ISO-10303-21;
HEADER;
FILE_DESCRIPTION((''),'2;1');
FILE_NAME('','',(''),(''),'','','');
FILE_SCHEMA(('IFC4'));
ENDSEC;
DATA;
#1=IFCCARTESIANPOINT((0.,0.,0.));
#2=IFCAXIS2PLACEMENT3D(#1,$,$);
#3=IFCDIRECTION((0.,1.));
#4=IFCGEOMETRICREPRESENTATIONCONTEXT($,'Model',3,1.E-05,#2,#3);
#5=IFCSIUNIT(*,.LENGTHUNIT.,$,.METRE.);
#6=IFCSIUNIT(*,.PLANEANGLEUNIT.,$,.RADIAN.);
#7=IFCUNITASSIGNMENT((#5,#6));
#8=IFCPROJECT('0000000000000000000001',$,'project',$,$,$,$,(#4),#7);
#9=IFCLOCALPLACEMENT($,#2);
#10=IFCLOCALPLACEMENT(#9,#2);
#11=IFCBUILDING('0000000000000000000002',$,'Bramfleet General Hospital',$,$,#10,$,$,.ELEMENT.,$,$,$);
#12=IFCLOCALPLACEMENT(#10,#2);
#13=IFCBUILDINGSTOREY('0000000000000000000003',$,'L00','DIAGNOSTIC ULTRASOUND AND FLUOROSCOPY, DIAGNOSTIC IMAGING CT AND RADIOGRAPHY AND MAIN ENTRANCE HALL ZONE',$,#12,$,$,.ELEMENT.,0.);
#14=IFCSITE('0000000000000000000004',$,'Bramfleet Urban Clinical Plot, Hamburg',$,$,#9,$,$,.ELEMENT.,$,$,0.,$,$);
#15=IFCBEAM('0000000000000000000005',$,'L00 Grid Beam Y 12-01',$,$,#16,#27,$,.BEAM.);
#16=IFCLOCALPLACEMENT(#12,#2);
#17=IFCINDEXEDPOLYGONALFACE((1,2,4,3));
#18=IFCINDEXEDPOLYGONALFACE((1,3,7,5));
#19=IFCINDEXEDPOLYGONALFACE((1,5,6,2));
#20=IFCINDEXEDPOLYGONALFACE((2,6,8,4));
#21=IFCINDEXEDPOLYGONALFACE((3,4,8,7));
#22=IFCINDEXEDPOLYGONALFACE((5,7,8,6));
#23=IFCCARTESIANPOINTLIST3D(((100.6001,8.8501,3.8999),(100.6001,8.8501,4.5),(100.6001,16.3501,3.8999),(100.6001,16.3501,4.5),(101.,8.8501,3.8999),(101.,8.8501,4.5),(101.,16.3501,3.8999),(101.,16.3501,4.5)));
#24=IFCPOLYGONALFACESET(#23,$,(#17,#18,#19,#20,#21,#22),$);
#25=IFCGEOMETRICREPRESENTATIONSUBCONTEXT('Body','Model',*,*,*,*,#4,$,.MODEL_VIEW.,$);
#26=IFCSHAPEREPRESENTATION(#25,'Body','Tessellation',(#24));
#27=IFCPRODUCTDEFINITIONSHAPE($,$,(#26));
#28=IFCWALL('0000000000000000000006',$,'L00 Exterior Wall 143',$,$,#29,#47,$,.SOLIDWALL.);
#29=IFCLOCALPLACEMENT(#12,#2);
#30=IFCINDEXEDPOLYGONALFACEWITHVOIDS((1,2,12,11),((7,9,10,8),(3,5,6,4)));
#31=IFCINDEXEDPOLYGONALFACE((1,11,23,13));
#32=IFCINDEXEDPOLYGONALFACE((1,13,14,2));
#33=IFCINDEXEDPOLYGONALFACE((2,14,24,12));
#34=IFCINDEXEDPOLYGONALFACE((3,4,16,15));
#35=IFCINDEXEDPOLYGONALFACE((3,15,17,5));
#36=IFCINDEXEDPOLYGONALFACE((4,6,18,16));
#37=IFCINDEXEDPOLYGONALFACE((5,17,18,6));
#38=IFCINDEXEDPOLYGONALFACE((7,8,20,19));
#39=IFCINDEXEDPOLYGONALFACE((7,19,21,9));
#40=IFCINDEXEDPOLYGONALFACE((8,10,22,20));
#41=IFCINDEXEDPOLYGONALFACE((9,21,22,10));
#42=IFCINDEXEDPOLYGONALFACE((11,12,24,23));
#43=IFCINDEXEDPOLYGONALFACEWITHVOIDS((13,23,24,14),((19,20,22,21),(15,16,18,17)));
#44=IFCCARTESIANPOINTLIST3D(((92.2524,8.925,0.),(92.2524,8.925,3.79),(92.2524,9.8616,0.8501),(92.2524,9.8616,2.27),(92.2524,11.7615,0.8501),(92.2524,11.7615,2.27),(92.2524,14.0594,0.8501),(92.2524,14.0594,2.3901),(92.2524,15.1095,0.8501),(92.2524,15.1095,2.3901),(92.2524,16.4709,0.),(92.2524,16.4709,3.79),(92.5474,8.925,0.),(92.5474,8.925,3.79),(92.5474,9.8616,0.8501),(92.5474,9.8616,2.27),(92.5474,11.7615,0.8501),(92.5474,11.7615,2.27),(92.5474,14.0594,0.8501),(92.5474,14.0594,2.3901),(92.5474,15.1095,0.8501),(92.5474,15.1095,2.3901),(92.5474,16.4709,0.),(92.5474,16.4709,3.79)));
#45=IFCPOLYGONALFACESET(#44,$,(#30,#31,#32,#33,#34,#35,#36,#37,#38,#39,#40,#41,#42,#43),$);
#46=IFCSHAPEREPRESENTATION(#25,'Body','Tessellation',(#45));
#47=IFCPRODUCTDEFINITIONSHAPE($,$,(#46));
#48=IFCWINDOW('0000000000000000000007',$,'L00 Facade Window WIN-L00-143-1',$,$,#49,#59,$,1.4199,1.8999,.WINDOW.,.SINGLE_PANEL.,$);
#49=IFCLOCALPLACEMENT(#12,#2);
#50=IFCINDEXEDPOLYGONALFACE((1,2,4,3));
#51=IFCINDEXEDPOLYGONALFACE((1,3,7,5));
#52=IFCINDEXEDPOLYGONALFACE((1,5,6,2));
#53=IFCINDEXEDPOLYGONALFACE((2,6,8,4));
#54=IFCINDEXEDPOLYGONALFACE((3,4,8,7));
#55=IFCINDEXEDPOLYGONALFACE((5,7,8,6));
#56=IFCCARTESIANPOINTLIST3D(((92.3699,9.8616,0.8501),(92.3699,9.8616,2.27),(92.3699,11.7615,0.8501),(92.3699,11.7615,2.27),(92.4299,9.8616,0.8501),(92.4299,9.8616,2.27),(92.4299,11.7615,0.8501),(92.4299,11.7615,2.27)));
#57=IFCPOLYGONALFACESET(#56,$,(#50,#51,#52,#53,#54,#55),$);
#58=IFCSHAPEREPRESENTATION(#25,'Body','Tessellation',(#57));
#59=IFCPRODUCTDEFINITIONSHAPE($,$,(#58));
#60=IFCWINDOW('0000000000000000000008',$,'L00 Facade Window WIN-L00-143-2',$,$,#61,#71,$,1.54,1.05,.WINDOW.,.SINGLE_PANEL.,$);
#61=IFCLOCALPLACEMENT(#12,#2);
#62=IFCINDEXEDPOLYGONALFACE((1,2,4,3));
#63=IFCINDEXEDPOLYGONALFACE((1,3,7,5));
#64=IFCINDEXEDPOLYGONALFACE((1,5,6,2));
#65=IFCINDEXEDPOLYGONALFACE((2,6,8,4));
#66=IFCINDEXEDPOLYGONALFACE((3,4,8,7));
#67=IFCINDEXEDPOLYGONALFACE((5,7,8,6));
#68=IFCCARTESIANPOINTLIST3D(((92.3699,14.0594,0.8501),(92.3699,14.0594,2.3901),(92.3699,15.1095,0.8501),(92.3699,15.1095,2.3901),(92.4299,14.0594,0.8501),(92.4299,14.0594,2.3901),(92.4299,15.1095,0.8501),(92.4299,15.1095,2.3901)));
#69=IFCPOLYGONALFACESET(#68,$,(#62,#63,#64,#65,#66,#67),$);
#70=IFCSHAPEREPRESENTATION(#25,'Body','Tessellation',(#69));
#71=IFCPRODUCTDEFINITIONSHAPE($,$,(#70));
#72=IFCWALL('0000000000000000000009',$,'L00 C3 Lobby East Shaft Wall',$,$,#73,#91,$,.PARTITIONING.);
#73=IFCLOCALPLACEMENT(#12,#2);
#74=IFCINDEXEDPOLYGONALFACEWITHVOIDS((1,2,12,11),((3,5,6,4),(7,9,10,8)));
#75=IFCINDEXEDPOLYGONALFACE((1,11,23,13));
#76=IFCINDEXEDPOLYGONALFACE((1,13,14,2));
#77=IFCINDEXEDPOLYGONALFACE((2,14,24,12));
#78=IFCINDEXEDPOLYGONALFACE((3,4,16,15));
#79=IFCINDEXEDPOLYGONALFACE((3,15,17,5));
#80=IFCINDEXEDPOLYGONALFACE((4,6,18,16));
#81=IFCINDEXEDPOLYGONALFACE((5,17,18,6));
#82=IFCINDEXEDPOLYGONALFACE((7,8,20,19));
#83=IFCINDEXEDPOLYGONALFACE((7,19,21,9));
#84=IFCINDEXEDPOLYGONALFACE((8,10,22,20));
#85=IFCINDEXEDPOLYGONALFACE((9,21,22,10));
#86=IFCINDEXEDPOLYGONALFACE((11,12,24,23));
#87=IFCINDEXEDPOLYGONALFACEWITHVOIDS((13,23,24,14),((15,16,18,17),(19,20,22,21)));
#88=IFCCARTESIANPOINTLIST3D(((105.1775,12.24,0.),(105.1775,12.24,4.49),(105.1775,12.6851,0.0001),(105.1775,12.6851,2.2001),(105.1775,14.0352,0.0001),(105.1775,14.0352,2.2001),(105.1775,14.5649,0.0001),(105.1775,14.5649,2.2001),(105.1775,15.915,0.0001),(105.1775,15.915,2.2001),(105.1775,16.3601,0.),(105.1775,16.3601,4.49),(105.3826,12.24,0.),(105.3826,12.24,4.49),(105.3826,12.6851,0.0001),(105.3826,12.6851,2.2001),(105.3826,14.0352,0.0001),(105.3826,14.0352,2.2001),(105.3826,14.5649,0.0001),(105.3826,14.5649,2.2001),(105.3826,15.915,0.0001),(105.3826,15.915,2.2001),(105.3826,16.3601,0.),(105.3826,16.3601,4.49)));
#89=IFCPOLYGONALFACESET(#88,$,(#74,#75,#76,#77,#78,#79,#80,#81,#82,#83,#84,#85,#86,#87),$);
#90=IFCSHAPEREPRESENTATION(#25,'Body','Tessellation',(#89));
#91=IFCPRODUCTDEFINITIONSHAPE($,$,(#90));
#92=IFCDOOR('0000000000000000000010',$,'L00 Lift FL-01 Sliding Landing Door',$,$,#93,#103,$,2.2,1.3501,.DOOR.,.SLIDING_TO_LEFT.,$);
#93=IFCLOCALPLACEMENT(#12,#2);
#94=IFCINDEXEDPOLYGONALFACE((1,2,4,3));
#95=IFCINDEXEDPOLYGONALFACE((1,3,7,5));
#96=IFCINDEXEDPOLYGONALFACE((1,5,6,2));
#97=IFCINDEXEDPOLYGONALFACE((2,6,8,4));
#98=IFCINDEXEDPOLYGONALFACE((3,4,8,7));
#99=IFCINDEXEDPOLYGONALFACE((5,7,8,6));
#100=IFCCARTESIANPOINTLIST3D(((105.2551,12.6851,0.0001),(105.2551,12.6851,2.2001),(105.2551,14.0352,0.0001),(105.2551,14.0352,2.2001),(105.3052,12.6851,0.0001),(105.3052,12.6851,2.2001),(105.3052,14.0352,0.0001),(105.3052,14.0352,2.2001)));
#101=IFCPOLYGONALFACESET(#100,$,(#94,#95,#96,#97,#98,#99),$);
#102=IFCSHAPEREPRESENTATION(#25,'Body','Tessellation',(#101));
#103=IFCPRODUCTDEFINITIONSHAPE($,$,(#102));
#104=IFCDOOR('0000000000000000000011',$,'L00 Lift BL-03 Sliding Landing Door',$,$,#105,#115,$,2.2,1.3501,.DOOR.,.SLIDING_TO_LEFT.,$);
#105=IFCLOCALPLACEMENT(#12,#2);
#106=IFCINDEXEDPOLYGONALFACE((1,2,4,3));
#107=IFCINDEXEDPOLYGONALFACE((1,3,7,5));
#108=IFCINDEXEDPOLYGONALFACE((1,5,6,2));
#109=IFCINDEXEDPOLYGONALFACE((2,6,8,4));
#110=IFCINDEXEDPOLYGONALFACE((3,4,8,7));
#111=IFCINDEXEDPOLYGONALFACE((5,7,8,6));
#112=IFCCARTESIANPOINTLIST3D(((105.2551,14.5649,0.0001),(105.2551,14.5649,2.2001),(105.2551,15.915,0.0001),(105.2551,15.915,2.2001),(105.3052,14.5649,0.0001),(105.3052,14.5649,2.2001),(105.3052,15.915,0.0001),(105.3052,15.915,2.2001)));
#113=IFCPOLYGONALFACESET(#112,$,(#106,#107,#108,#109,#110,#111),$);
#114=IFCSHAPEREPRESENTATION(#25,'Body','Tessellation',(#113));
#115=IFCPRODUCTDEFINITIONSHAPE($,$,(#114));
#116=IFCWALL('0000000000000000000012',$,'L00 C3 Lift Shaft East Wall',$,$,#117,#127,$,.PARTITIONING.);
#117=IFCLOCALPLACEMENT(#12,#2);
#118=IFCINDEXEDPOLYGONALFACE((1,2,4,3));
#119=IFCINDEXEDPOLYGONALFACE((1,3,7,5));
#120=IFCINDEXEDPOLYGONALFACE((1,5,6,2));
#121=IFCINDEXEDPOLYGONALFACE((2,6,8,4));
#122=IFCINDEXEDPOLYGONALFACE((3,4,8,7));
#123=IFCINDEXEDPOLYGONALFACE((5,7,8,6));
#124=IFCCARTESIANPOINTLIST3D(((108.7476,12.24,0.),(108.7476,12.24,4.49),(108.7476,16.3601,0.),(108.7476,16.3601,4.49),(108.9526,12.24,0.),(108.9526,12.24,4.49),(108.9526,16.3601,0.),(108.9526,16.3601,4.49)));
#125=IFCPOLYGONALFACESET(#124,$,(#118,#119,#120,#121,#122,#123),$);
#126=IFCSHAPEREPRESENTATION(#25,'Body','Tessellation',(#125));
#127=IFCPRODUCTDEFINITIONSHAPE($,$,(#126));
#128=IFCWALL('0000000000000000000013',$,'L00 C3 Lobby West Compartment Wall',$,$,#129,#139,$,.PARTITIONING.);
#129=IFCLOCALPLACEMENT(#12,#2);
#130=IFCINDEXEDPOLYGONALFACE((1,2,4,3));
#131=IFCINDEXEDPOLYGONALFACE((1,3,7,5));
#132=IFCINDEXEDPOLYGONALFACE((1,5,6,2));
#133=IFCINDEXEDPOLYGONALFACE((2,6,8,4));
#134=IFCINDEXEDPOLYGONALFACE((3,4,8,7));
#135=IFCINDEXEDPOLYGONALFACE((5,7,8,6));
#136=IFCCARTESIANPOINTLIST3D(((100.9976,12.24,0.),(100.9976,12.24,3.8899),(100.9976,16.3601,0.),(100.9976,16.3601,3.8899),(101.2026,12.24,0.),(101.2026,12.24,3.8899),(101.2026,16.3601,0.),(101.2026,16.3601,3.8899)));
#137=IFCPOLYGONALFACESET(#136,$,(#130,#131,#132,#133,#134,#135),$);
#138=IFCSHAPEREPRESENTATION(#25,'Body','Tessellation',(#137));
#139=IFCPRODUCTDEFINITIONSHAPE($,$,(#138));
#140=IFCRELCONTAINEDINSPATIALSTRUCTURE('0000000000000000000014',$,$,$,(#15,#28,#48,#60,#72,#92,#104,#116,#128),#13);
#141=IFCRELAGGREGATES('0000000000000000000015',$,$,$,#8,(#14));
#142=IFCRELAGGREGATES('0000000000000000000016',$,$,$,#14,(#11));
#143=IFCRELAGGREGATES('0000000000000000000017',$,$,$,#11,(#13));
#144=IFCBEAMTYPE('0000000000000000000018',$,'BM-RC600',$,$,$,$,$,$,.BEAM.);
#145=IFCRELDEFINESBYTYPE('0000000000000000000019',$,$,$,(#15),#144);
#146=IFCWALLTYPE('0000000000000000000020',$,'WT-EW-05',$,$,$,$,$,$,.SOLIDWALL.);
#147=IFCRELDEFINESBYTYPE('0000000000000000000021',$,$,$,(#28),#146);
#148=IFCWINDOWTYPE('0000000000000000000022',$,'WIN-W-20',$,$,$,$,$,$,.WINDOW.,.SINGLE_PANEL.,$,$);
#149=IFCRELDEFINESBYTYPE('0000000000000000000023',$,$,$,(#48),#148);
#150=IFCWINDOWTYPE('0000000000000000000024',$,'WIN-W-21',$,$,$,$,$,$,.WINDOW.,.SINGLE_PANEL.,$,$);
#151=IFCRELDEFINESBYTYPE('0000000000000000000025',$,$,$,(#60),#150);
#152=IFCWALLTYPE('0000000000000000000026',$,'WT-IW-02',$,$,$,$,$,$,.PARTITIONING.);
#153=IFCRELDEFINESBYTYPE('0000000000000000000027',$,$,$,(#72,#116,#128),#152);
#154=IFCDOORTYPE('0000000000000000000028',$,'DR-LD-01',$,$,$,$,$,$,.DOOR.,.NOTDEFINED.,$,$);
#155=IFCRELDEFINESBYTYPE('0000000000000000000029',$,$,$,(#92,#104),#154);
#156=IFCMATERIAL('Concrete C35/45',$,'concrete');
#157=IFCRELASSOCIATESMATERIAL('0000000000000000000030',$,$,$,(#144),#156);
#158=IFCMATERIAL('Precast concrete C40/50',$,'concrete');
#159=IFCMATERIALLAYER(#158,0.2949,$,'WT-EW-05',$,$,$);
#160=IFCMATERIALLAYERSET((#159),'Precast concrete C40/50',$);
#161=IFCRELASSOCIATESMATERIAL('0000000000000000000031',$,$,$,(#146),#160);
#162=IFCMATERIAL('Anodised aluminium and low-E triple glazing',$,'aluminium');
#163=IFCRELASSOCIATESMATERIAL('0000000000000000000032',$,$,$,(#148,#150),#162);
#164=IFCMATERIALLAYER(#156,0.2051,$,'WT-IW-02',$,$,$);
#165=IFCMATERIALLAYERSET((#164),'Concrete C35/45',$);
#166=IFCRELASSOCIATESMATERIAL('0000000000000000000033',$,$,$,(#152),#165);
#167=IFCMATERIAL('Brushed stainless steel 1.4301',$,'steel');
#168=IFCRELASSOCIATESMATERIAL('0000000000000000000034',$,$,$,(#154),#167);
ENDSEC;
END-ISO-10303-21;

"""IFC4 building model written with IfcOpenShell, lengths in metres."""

from ifc_helpers import new_model, si_unit, direction, frame, frame_2d, origin, origin_2d, place, context, subcontext, project, spatial, rectangle, extrude, material, layer, layer_set, material_profile, profile_set, type_object, element, fill, save


model = new_model("IFC4")

# Units and contexts
model_context = context("Model", 3, precision=1e-05, world=origin(), true_north=direction((0.0, 1.0)))
body_context = subcontext(model_context, "Body", "Model", "MODEL_VIEW")
ifc_project = project(units=[si_unit("LENGTHUNIT", "METRE"), si_unit("PLANEANGLEUNIT", "RADIAN")], contexts=[model_context])

# Site, building, storey
site_placement = place(None, origin())
site = spatial("IfcSite", under=ifc_project, at=site_placement, Name="Bramfleet Urban Clinical Plot, Hamburg", CompositionType="ELEMENT", RefElevation=0.0)
building_placement = place(site_placement, origin())
building = spatial("IfcBuilding", under=site, at=building_placement, Name="Bramfleet General Hospital", CompositionType="ELEMENT")
storey_placement = place(building_placement, origin())
storey = spatial("IfcBuildingStorey", under=building, at=storey_placement, Name="L00", Description="DIAGNOSTIC ULTRASOUND AND FLUOROSCOPY, DIAGNOSTIC IMAGING CT AND RADIOGRAPHY AND MAIN ENTRANCE HALL ZONE", CompositionType="ELEMENT", Elevation=0.0)

# Beam
ifc_material_1 = material(Name="Concrete C35/45", Category="concrete")
ifc_material_profile = material_profile(ifc_material_1, rectangle(XDim=0.3999, YDim=0.6001, at=origin_2d()), Name="RC BM 600x400")
ifc_profile_set = profile_set([ifc_material_profile], Name="Concrete C35/45")
beam_type = type_object("IfcBeamType", Name="BM-RC600", PredefinedType="BEAM", material=ifc_profile_set)
beam_placement = place(storey_placement, frame((100.8, 8.8501, 4.2), z_axis=(0.0, 1.0, 0.0), x_axis=(-1.0, 0.0, 0.0)))
element("IfcBeam", 1, at=beam_placement, inside=storey, type_object=beam_type, Name="L00 Grid Beam Y 12-01", PredefinedType="BEAM", context=body_context, shape_type="SweptSolid", body=[
    extrude(rectangle(XDim=0.3999, YDim=0.6001, at=origin_2d()), origin(), (0.0, 0.0, 1.0), 7.5),
])

# Wall, openings, windows
ifc_material_2 = material(Name="Precast concrete C40/50", Category="concrete")
ifc_layer_1 = layer(ifc_material_2, 0.2949, Name="WT-EW-05")
ifc_layer_set_1 = layer_set([ifc_layer_1], Name="Precast concrete C40/50")
wall_type_1 = type_object("IfcWallType", Name="WT-EW-05", PredefinedType="SOLIDWALL", material=ifc_layer_set_1)
wall_1_placement = place(storey_placement, frame((92.3999, 8.925, 0.0), z_axis=(0.0, 0.0, 1.0), x_axis=(0.0, 1.0, 0.0)))
wall_1 = element("IfcWall", 2, at=wall_1_placement, inside=storey, type_object=wall_type_1, Name="L00 Exterior Wall 143", PredefinedType="SOLIDWALL", context=body_context, shape_type="SweptSolid", body=[
    extrude(rectangle(XDim=7.5459, YDim=0.2949, at=frame_2d((3.7729, 0.0))), origin(), (0.0, 0.0, 1.0), 3.79),
])
opening_1_placement = place(wall_1_placement, frame((0.9365, 0.0, 0.8501)))
opening_1 = element("IfcOpeningElement", 3, at=opening_1_placement, cuts=wall_1, PredefinedType="OPENING", context=body_context, shape_type="SweptSolid", body=[
    extrude(rectangle(XDim=1.8999, YDim=1.4199, at=frame_2d((0.95, 0.71))), frame((0.0, 0.1575, 0.0), z_axis=(0.0, -1.0, 0.0), x_axis=(1.0, 0.0, 0.0)), (0.0, 0.0, 1.0), 0.3149),
])
opening_2_placement = place(wall_1_placement, frame((5.1345, 0.0, 0.8501)))
opening_2 = element("IfcOpeningElement", 4, at=opening_2_placement, cuts=wall_1, PredefinedType="OPENING", context=body_context, shape_type="SweptSolid", body=[
    extrude(rectangle(XDim=1.05, YDim=1.54, at=frame_2d((0.5249, 0.77))), frame((0.0, 0.1575, 0.0), z_axis=(0.0, -1.0, 0.0), x_axis=(1.0, 0.0, 0.0)), (0.0, 0.0, 1.0), 0.3149),
])
ifc_material_3 = material(Name="Anodised aluminium and low-E triple glazing", Category="aluminium")
window_type_1 = type_object("IfcWindowType", Name="WIN-W-20", PartitioningType="SINGLE_PANEL", PredefinedType="WINDOW", material=ifc_material_3)
window_1_placement = place(opening_1_placement, origin())
window_1 = element("IfcWindow", 5, at=window_1_placement, inside=storey, type_object=window_type_1, Name="L00 Facade Window WIN-L00-143-1", OverallHeight=1.4199, OverallWidth=1.8999, PartitioningType="SINGLE_PANEL", PredefinedType="WINDOW", context=body_context, shape_type="SweptSolid", body=[
    extrude(rectangle(XDim=1.8999, YDim=1.4199, at=frame_2d((0.95, 0.71))), frame((0.0, 0.03, 0.0), z_axis=(0.0, -1.0, 0.0), x_axis=(1.0, 0.0, 0.0)), (0.0, 0.0, 1.0), 0.0601),
])
fill(opening_1, window_1)
window_type_2 = type_object("IfcWindowType", Name="WIN-W-21", PartitioningType="SINGLE_PANEL", PredefinedType="WINDOW", material=ifc_material_3)
window_2_placement = place(opening_2_placement, origin())
window_2 = element("IfcWindow", 6, at=window_2_placement, inside=storey, type_object=window_type_2, Name="L00 Facade Window WIN-L00-143-2", OverallHeight=1.54, OverallWidth=1.05, PartitioningType="SINGLE_PANEL", PredefinedType="WINDOW", context=body_context, shape_type="SweptSolid", body=[
    extrude(rectangle(XDim=1.05, YDim=1.54, at=frame_2d((0.5249, 0.77))), frame((0.0, 0.03, 0.0), z_axis=(0.0, -1.0, 0.0), x_axis=(1.0, 0.0, 0.0)), (0.0, 0.0, 1.0), 0.0601),
])
fill(opening_2, window_2)

# Wall, openings, doors
ifc_layer_2 = layer(ifc_material_1, 0.2051, Name="WT-IW-02")
ifc_layer_set_2 = layer_set([ifc_layer_2], Name="Concrete C35/45")
wall_type_2 = type_object("IfcWallType", Name="WT-IW-02", PredefinedType="PARTITIONING", material=ifc_layer_set_2)
wall_2_placement = place(storey_placement, frame((105.28, 12.24, 0.0), z_axis=(0.0, 0.0, 1.0), x_axis=(0.0, 1.0, 0.0)))
wall_2 = element("IfcWall", 7, at=wall_2_placement, inside=storey, type_object=wall_type_2, Name="L00 C3 Lobby East Shaft Wall", PredefinedType="PARTITIONING", context=body_context, shape_type="SweptSolid", body=[
    extrude(rectangle(XDim=4.1201, YDim=0.2051, at=frame_2d((2.0601, 0.0))), origin(), (0.0, 0.0, 1.0), 4.49),
])
opening_3_placement = place(wall_2_placement, frame((0.4451, 0.0, 0.0)))
opening_3 = element("IfcOpeningElement", 8, at=opening_3_placement, cuts=wall_2, PredefinedType="OPENING", context=body_context, shape_type="SweptSolid", body=[
    extrude(rectangle(XDim=1.3501, YDim=2.2, at=frame_2d((0.675, 1.1001))), frame((0.0, 0.1125, 0.0), z_axis=(0.0, -1.0, 0.0), x_axis=(1.0, 0.0, 0.0)), (0.0, 0.0, 1.0), 0.2251),
])
opening_4_placement = place(wall_2_placement, frame((2.325, 0.0, 0.0)))
opening_4 = element("IfcOpeningElement", 9, at=opening_4_placement, cuts=wall_2, PredefinedType="OPENING", context=body_context, shape_type="SweptSolid", body=[
    extrude(rectangle(XDim=1.3501, YDim=2.2, at=frame_2d((0.675, 1.1001))), frame((0.0, 0.1125, 0.0), z_axis=(0.0, -1.0, 0.0), x_axis=(1.0, 0.0, 0.0)), (0.0, 0.0, 1.0), 0.2251),
])
ifc_material_4 = material(Name="Brushed stainless steel 1.4301", Category="steel")
door_type_1 = type_object("IfcDoorType", Name="DR-LD-01", OperationType="NOTDEFINED", PredefinedType="DOOR", material=ifc_material_4)
door_1_placement = place(opening_3_placement, origin())
door_1 = element("IfcDoor", 10, at=door_1_placement, inside=storey, type_object=door_type_1, Name="L00 Lift FL-01 Sliding Landing Door", OperationType="SLIDING_TO_LEFT", OverallHeight=2.2, OverallWidth=1.3501, PredefinedType="DOOR", context=body_context, shape_type="SweptSolid", body=[
    extrude(rectangle(XDim=1.3501, YDim=2.2, at=frame_2d((0.675, 1.1001))), frame((0.0, 0.0249, 0.0), z_axis=(0.0, -1.0, 0.0), x_axis=(1.0, 0.0, 0.0)), (0.0, 0.0, 1.0), 0.05),
])
fill(opening_3, door_1)
door_2_placement = place(opening_4_placement, origin())
door_2 = element("IfcDoor", 11, at=door_2_placement, inside=storey, type_object=door_type_1, Name="L00 Lift BL-03 Sliding Landing Door", OperationType="SLIDING_TO_LEFT", OverallHeight=2.2, OverallWidth=1.3501, PredefinedType="DOOR", context=body_context, shape_type="SweptSolid", body=[
    extrude(rectangle(XDim=1.3501, YDim=2.2, at=frame_2d((0.675, 1.1001))), frame((0.0, 0.0249, 0.0), z_axis=(0.0, -1.0, 0.0), x_axis=(1.0, 0.0, 0.0)), (0.0, 0.0, 1.0), 0.05),
])
fill(opening_4, door_2)

# Walls
wall_3_placement = place(storey_placement, frame((108.8501, 12.24, 0.0), z_axis=(0.0, 0.0, 1.0), x_axis=(0.0, 1.0, 0.0)))
element("IfcWall", 12, at=wall_3_placement, inside=storey, type_object=wall_type_2, Name="L00 C3 Lift Shaft East Wall", PredefinedType="PARTITIONING", context=body_context, shape_type="SweptSolid", body=[
    extrude(rectangle(XDim=4.1201, YDim=0.2051, at=frame_2d((2.0601, 0.0))), origin(), (0.0, 0.0, 1.0), 4.49),
])
wall_4_placement = place(storey_placement, frame((101.1001, 12.24, 0.0), z_axis=(0.0, 0.0, 1.0), x_axis=(0.0, 1.0, 0.0)))
element("IfcWall", 13, at=wall_4_placement, inside=storey, type_object=wall_type_2, Name="L00 C3 Lobby West Compartment Wall", PredefinedType="PARTITIONING", context=body_context, shape_type="SweptSolid", body=[
    extrude(rectangle(XDim=4.1201, YDim=0.2051, at=frame_2d((2.0601, 0.0))), origin(), (0.0, 0.0, 1.0), 3.8899),
])

save(model, "model.ifc")
